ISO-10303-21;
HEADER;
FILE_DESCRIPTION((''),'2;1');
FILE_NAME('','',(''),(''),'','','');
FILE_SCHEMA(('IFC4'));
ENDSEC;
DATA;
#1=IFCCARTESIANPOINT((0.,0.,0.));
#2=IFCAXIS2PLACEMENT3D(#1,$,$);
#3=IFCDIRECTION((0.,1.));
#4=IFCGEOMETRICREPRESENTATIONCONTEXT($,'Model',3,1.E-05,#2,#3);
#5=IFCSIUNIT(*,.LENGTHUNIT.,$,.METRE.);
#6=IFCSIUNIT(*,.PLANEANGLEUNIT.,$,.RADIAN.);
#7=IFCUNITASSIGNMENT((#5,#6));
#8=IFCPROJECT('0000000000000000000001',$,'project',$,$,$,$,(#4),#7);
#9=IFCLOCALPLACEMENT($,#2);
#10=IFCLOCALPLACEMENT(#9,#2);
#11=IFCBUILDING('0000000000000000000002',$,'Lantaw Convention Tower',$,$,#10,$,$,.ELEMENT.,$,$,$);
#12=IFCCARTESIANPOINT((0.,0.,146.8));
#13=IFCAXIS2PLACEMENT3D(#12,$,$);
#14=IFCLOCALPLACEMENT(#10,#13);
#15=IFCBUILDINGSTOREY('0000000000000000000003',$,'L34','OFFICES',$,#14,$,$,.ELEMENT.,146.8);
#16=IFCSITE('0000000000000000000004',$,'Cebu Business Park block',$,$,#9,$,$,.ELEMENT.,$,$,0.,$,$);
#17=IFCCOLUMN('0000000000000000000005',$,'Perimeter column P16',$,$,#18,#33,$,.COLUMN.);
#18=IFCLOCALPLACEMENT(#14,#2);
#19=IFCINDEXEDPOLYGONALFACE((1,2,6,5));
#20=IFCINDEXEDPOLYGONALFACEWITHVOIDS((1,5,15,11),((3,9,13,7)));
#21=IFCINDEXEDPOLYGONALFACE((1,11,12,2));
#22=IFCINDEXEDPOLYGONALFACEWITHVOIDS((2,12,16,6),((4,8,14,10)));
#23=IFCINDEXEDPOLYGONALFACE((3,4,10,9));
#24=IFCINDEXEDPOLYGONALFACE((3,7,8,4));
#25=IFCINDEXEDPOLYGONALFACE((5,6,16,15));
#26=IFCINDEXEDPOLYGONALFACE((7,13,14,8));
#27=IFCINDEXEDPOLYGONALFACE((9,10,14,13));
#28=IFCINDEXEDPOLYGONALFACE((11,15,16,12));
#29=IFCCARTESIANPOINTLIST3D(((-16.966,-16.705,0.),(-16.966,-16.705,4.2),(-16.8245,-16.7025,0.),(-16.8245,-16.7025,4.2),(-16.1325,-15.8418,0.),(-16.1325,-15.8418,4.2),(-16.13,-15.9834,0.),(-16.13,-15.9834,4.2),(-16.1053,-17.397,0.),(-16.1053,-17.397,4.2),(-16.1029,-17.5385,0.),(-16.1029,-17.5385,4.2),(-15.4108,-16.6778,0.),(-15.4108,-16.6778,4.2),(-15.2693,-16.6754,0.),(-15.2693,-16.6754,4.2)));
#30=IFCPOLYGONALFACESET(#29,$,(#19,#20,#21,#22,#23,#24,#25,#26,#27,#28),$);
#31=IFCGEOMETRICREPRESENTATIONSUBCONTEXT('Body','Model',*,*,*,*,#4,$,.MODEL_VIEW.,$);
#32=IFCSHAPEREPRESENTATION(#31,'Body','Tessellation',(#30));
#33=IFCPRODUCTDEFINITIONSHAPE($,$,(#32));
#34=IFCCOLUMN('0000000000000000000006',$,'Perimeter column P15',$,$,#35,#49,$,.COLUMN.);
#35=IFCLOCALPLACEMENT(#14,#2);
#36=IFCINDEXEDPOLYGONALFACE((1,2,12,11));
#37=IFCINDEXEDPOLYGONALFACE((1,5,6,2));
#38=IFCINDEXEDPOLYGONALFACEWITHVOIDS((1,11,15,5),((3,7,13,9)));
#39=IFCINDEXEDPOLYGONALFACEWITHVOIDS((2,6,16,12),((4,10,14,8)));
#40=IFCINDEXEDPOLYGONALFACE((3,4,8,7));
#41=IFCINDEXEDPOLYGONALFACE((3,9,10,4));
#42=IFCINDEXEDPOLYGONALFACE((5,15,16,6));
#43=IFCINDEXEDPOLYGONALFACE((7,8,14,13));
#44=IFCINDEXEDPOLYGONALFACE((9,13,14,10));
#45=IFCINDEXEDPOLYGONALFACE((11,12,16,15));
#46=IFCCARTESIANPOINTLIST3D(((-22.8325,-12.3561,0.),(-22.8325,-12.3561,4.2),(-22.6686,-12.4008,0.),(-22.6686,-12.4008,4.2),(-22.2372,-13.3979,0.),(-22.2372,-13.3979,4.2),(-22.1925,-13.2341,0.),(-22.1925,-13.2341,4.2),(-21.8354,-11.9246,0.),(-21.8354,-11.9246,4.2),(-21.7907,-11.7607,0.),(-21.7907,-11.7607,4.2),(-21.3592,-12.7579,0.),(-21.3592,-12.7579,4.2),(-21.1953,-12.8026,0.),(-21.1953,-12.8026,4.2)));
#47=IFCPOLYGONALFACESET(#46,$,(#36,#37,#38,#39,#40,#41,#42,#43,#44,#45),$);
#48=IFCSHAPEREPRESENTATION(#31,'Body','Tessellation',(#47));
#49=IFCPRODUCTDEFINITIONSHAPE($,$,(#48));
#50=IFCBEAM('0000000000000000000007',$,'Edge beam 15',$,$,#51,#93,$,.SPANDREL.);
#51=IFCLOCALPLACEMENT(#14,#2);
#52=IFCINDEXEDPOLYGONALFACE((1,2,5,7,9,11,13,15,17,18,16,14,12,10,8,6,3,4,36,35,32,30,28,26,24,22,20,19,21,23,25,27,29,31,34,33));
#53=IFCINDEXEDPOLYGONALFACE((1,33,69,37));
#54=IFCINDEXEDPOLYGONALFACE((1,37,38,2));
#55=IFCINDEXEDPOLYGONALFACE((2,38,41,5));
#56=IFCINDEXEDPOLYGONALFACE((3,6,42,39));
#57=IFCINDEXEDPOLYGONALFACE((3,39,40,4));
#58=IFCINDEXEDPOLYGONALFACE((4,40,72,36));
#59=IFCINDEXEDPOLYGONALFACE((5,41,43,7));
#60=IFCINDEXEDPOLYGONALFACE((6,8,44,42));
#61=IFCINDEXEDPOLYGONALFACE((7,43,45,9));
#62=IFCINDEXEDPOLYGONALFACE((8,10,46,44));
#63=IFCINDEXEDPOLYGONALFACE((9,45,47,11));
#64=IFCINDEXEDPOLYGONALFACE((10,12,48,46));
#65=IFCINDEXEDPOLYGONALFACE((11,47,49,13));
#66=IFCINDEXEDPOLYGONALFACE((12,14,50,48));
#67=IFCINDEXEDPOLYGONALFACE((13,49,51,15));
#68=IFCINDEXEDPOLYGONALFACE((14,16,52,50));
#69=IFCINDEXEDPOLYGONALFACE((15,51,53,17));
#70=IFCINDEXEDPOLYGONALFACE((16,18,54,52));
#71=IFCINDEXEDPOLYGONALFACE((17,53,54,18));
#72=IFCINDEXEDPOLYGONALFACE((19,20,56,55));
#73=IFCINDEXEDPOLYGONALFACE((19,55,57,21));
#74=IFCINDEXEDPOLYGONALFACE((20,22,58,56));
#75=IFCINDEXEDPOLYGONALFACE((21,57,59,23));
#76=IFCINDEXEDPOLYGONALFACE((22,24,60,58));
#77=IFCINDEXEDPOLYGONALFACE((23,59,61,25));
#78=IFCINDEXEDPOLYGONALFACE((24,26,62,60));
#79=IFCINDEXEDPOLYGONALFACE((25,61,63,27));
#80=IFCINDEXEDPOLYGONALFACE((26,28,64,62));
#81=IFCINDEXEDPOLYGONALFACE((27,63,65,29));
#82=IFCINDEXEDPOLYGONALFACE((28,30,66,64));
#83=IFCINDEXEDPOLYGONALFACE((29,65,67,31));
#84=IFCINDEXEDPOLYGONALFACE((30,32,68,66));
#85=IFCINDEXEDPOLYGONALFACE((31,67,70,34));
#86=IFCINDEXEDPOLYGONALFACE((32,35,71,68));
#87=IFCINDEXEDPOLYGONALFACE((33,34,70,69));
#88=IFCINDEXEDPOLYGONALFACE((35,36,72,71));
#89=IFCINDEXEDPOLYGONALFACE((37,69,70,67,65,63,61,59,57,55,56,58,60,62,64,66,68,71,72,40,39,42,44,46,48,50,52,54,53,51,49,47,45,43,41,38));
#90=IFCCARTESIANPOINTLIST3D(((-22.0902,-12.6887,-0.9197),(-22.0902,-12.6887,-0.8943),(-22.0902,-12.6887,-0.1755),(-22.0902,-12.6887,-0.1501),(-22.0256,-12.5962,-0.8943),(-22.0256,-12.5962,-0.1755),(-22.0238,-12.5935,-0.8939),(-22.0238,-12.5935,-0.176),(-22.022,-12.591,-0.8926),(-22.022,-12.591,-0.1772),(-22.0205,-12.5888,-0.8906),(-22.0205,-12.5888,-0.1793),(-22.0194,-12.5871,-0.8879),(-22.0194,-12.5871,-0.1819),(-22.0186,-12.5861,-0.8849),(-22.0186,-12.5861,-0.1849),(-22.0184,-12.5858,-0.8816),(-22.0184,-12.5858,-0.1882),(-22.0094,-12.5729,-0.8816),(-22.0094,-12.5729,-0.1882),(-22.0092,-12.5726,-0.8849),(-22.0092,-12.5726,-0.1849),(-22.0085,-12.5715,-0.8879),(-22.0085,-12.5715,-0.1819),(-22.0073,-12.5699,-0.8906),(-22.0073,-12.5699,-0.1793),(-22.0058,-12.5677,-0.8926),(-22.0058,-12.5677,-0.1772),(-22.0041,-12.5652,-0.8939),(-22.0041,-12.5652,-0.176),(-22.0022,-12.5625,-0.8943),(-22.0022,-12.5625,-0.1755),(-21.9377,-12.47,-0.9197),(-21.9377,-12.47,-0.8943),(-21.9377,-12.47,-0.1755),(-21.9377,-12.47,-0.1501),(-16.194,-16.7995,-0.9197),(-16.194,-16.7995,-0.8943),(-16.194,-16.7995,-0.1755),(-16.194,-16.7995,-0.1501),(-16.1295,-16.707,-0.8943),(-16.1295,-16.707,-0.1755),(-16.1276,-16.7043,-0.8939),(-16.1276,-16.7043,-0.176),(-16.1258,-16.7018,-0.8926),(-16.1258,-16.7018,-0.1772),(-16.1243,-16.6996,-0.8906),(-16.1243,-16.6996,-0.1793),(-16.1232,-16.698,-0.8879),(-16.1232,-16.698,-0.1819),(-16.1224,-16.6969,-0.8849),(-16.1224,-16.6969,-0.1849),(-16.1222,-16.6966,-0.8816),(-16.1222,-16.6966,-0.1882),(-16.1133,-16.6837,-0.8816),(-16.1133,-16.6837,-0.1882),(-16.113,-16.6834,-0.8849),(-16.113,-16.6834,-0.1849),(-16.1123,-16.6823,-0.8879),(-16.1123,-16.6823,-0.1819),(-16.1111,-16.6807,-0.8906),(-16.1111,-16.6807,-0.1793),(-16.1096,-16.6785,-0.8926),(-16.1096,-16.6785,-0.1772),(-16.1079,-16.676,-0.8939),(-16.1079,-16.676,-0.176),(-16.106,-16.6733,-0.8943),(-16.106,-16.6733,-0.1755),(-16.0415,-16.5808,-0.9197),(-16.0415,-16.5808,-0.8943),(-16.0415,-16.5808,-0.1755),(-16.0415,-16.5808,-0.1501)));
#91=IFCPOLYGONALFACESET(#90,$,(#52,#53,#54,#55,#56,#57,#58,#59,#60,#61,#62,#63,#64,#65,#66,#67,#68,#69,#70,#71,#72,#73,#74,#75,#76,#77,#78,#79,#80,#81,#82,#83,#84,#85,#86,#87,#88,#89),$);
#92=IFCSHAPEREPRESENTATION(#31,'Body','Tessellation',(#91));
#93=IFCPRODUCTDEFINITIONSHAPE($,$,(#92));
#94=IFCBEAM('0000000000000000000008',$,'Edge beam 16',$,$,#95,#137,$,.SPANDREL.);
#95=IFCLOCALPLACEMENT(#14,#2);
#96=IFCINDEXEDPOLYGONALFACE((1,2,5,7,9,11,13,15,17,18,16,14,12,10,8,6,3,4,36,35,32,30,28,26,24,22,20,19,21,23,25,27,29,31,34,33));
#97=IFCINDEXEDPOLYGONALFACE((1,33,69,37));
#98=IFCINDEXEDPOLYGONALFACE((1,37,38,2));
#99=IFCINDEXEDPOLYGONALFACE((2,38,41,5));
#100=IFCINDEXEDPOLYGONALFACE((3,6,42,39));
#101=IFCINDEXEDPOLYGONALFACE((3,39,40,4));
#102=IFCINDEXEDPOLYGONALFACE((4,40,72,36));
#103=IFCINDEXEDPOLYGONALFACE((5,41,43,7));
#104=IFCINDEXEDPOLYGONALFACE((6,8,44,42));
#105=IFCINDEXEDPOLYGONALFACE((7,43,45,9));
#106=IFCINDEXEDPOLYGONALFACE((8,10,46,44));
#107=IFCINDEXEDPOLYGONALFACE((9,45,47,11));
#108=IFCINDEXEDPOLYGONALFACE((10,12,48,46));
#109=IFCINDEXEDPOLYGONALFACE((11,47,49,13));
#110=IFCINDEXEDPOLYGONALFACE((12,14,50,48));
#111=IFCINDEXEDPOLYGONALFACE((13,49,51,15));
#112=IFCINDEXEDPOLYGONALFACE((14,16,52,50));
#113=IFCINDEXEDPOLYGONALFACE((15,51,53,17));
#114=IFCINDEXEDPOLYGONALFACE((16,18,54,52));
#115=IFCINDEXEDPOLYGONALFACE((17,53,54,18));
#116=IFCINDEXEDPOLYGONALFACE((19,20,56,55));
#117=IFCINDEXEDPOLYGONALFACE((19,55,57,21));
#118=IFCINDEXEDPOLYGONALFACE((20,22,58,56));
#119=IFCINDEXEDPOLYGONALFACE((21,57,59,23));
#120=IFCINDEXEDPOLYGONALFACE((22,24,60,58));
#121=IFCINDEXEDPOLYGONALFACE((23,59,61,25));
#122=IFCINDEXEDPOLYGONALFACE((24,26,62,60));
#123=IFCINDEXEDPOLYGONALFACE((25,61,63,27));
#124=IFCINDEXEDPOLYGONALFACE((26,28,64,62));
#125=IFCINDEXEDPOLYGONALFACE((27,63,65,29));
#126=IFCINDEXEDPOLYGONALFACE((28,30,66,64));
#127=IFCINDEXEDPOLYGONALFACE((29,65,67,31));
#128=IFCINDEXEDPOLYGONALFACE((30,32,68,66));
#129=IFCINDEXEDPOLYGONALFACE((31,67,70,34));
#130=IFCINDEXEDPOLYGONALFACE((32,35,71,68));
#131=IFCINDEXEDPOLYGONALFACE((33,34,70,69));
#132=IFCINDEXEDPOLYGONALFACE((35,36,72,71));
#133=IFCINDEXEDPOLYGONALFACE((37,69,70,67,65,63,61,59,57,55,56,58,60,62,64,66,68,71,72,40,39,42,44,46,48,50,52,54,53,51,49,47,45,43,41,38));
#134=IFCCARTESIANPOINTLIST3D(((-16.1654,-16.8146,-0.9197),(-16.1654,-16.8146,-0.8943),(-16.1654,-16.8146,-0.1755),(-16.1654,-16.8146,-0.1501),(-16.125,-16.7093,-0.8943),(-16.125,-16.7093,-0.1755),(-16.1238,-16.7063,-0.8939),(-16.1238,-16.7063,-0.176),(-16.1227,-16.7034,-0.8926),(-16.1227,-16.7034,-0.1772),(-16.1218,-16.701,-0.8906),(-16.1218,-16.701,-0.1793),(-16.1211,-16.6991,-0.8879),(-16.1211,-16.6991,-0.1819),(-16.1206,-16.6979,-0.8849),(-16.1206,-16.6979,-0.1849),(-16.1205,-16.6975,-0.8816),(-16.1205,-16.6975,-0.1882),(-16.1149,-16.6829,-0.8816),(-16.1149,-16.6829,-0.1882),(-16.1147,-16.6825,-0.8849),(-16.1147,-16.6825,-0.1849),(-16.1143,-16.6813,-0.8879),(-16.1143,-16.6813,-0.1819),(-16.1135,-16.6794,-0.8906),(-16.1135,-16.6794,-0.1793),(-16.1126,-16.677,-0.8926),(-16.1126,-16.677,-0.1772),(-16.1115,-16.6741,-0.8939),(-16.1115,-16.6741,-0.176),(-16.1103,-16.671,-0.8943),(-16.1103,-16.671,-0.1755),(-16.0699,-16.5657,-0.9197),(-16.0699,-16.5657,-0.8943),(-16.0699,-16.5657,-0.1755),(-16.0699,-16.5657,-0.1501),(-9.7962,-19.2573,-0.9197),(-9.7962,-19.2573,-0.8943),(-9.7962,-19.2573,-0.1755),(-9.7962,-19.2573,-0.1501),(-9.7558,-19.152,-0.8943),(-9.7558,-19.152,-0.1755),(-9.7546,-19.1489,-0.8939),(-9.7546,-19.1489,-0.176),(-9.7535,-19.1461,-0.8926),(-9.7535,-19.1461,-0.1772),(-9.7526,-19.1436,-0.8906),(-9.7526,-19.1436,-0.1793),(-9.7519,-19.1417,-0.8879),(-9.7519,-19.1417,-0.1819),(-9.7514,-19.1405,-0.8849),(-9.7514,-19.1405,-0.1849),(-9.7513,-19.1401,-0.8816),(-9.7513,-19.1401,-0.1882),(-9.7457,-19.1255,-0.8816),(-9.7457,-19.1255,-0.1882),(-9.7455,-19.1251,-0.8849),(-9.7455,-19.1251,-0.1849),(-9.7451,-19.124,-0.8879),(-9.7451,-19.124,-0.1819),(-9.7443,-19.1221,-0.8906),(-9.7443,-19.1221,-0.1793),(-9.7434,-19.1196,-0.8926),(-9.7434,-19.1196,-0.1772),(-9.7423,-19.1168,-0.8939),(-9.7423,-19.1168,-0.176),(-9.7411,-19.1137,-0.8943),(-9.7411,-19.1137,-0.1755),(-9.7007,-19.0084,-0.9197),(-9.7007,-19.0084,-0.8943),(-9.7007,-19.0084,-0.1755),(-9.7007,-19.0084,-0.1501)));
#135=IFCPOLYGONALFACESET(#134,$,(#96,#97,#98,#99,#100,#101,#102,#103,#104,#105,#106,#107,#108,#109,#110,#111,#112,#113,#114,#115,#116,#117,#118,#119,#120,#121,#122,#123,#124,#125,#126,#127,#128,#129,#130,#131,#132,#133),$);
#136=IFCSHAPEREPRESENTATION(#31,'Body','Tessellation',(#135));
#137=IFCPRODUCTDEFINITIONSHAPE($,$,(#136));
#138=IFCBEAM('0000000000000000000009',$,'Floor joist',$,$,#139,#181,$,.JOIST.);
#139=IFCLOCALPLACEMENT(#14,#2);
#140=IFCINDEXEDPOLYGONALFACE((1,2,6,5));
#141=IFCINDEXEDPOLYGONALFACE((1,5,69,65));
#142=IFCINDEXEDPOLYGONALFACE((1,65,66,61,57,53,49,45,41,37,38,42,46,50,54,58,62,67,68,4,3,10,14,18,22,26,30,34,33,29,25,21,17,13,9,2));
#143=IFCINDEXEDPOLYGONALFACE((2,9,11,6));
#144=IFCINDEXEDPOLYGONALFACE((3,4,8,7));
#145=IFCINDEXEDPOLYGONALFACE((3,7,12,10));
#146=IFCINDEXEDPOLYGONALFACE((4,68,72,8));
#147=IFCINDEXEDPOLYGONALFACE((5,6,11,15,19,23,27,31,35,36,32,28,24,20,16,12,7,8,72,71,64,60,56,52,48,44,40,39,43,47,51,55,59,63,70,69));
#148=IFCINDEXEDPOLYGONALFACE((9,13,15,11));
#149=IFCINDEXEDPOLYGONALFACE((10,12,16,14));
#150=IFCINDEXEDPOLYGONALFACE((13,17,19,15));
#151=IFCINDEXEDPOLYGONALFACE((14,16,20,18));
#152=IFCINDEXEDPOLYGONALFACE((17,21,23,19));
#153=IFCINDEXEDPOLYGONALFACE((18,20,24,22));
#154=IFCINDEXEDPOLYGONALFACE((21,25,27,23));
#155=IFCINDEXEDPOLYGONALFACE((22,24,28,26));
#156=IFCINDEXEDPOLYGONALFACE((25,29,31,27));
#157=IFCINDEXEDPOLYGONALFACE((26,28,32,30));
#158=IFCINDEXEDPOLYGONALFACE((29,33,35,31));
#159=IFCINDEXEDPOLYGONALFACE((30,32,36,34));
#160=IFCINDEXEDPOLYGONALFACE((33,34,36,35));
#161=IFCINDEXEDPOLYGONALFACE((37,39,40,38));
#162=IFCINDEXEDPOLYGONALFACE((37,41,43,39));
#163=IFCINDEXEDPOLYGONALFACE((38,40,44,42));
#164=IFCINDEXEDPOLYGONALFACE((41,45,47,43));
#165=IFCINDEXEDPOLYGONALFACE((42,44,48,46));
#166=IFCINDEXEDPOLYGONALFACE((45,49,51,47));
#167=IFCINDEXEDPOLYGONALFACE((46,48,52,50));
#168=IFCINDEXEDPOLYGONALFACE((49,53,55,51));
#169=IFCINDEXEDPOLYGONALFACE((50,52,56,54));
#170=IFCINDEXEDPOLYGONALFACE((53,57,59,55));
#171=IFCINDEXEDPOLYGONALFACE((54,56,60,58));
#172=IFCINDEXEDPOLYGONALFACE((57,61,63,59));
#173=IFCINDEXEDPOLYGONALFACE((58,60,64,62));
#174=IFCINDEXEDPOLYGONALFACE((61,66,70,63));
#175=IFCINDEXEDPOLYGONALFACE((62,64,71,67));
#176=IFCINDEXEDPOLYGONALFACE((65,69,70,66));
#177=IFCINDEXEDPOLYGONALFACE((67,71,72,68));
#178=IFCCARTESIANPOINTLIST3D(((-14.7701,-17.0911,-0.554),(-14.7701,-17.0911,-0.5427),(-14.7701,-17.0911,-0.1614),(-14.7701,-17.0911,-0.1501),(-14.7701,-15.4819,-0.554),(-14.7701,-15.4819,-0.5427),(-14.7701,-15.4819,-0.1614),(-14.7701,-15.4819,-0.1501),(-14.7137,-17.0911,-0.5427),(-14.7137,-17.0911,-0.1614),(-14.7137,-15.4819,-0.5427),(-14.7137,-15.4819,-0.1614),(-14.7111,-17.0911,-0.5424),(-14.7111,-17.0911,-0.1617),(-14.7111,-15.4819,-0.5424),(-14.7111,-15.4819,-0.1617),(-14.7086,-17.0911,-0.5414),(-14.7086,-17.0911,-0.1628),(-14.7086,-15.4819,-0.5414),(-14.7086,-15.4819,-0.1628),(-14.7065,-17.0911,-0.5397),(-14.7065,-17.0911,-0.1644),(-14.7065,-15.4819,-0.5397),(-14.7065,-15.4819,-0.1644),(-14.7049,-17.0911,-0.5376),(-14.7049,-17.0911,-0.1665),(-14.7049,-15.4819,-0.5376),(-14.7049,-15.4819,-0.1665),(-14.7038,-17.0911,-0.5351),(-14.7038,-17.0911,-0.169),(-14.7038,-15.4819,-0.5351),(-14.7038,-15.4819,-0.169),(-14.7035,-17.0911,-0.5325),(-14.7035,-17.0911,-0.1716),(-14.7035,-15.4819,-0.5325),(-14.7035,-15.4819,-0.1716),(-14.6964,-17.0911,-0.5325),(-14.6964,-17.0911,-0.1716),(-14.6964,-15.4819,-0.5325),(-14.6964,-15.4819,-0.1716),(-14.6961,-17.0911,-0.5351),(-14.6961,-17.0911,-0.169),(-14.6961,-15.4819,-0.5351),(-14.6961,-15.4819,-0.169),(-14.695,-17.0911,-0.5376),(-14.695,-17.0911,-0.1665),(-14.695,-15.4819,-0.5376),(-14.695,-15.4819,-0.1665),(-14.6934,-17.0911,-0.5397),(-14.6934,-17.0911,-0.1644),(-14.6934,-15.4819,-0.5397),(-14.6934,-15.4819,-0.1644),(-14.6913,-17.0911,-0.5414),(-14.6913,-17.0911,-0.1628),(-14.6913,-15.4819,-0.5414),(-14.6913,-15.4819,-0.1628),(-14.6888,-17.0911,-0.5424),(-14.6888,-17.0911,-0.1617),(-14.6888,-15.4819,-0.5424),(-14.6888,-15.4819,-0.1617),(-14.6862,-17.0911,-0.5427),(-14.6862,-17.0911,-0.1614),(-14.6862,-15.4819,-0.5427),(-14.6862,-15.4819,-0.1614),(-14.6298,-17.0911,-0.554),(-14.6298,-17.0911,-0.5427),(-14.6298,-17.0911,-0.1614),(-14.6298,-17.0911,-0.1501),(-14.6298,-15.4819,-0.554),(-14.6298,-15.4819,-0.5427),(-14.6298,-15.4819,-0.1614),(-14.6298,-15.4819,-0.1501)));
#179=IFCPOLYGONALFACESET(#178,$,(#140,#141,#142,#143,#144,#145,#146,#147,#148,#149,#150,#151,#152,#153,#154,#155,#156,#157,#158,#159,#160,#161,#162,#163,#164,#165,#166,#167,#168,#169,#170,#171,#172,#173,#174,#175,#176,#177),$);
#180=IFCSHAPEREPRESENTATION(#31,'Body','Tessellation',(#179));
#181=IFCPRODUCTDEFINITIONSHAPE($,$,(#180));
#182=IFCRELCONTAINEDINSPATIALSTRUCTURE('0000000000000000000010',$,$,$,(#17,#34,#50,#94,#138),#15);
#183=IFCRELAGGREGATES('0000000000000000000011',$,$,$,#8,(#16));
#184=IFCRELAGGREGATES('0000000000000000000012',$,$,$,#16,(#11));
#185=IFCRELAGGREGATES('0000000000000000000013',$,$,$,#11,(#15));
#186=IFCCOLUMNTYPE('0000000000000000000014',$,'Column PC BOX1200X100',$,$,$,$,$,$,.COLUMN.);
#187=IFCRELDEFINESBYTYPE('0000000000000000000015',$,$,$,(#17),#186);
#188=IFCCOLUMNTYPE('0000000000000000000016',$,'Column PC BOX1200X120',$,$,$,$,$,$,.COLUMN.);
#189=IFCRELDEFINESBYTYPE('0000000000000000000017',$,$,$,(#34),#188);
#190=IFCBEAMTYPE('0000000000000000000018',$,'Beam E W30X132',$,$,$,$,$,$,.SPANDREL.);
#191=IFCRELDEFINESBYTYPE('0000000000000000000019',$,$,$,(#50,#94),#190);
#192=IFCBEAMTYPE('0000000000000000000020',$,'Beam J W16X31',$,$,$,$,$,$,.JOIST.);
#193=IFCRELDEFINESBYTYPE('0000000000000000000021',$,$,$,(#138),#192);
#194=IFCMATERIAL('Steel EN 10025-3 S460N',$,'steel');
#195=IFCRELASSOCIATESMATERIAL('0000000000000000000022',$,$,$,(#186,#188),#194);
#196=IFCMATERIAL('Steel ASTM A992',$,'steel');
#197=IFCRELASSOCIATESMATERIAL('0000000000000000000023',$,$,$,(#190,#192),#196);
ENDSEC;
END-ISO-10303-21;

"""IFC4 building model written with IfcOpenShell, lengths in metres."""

from ifc_helpers import new_model, si_unit, direction, frame, origin, origin_2d, place, context, subcontext, project, spatial, rectangle, hollow_rectangle, i_section, extrude, material, material_profile, profile_set, type_object, element, save


model = new_model("IFC4")

# Units and contexts
model_context = context("Model", 3, precision=1e-05, world=origin(), true_north=direction((0.0, 1.0)))
body_context = subcontext(model_context, "Body", "Model", "MODEL_VIEW")
ifc_project = project(units=[si_unit("LENGTHUNIT", "METRE"), si_unit("PLANEANGLEUNIT", "RADIAN")], contexts=[model_context])

# Site, building, storey
site_placement = place(None, origin())
site = spatial("IfcSite", under=ifc_project, at=site_placement, Name="Cebu Business Park block", CompositionType="ELEMENT", RefElevation=0.0)
building_placement = place(site_placement, origin())
building = spatial("IfcBuilding", under=site, at=building_placement, Name="Lantaw Convention Tower", CompositionType="ELEMENT")
storey_placement = place(building_placement, frame((0.0, 0.0, 146.8)))
storey = spatial("IfcBuildingStorey", under=building, at=storey_placement, Name="L34", Description="OFFICES", CompositionType="ELEMENT", Elevation=146.8)

# Columns
ifc_material_1 = material(Name="Steel EN 10025-3 S460N", Category="steel")
ifc_material_profile_1 = material_profile(ifc_material_1, hollow_rectangle(XDim=1.2, YDim=1.2, WallThickness=0.1001, at=origin_2d()), Name="BOX1200X100")
ifc_material_2 = material(Name="Concrete C60/75", Category="concrete")
ifc_material_profile_2 = material_profile(ifc_material_2, rectangle(XDim=1.0, YDim=1.0, at=origin_2d()), Name="Concrete fill of BOX1200X100")
ifc_profile_set_1 = profile_set([ifc_material_profile_1, ifc_material_profile_2], Name="Steel EN 10025-3 S460N")
column_type_1 = type_object("IfcColumnType", Name="Column PC BOX1200X100", PredefinedType="COLUMN", material=ifc_profile_set_1)
column_1_placement = place(storey_placement, frame((-16.1177, -16.6902, 0.0), z_axis=(0.0, 0.0, 1.0), x_axis=(0.694658, 0.71934, 0.0)))
element("IfcColumn", 1, at=column_1_placement, inside=storey, type_object=column_type_1, Name="Perimeter column P16", PredefinedType="COLUMN", context=body_context, shape_type="SweptSolid", body=[
    extrude(hollow_rectangle(XDim=1.2, YDim=1.2, WallThickness=0.1001, at=origin_2d()), origin(), (0.0, 0.0, 1.0), 4.2),
])
ifc_material_profile_3 = material_profile(ifc_material_1, hollow_rectangle(XDim=1.2, YDim=1.2, WallThickness=0.1201, at=origin_2d()), Name="BOX1200X120")
ifc_material_profile_4 = material_profile(ifc_material_2, rectangle(XDim=0.96, YDim=0.96, at=origin_2d()), Name="Concrete fill of BOX1200X120")
ifc_profile_set_2 = profile_set([ifc_material_profile_3, ifc_material_profile_4], Name="Steel EN 10025-3 S460N")
column_type_2 = type_object("IfcColumnType", Name="Column PC BOX1200X120", PredefinedType="COLUMN", material=ifc_profile_set_2)
column_2_placement = place(storey_placement, frame((-22.0139, -12.5793, 0.0), z_axis=(0.0, 0.0, 1.0), x_axis=(0.868243, 0.496139, 0.0)))
element("IfcColumn", 2, at=column_2_placement, inside=storey, type_object=column_type_2, Name="Perimeter column P15", PredefinedType="COLUMN", context=body_context, shape_type="SweptSolid", body=[
    extrude(hollow_rectangle(XDim=1.2, YDim=1.2, WallThickness=0.1201, at=origin_2d()), origin(), (0.0, 0.0, 1.0), 4.2),
])

# Beams
ifc_material_3 = material(Name="Steel ASTM A992", Category="steel")
ifc_material_profile_5 = material_profile(ifc_material_3, i_section(OverallWidth=0.2666, OverallDepth=0.7695, WebThickness=0.0156, FlangeThickness=0.0254, FilletRadius=0.0127, at=origin_2d()), Name="W30X132")
ifc_profile_set_3 = profile_set([ifc_material_profile_5], Name="Steel ASTM A992")
beam_type_1 = type_object("IfcBeamType", Name="Beam E W30X132", PredefinedType="SPANDREL", material=ifc_profile_set_3)
beam_1_placement = place(storey_placement, frame((-22.0139, -12.5793, -0.5349), z_axis=(0.820311, -0.571918, 0.0), x_axis=(0.571918, 0.820311, 0.0)))
element("IfcBeam", 3, at=beam_1_placement, inside=storey, type_object=beam_type_1, Name="Edge beam 15", PredefinedType="SPANDREL", context=body_context, shape_type="SweptSolid", body=[
    extrude(i_section(OverallWidth=0.2666, OverallDepth=0.7695, WebThickness=0.0156, FlangeThickness=0.0254, FilletRadius=0.0127, at=origin_2d()), origin(), (0.0, 0.0, 1.0), 7.1877),
])
beam_2_placement = place(storey_placement, frame((-16.1177, -16.6902, -0.5349), z_axis=(0.933691, -0.35808, 0.0), x_axis=(0.35808, 0.933691, 0.0)))
element("IfcBeam", 4, at=beam_2_placement, inside=storey, type_object=beam_type_1, Name="Edge beam 16", PredefinedType="SPANDREL", context=body_context, shape_type="SweptSolid", body=[
    extrude(i_section(OverallWidth=0.2666, OverallDepth=0.7695, WebThickness=0.0156, FlangeThickness=0.0254, FilletRadius=0.0127, at=origin_2d()), origin(), (0.0, 0.0, 1.0), 6.8215),
])
ifc_material_profile_6 = material_profile(ifc_material_3, i_section(OverallWidth=0.1404, OverallDepth=0.4038, WebThickness=0.0071, FlangeThickness=0.0112, FilletRadius=0.0103, at=origin_2d()), Name="W16X31")
ifc_profile_set_4 = profile_set([ifc_material_profile_6], Name="Steel ASTM A992")
beam_type_2 = type_object("IfcBeamType", Name="Beam J W16X31", PredefinedType="JOIST", material=ifc_profile_set_4)
beam_3_placement = place(storey_placement, frame((-14.7, -17.0911, -0.3521), z_axis=(0.0, 1.0, 0.0), x_axis=(-1.0, 0.0, 0.0)))
element("IfcBeam", 5, at=beam_3_placement, inside=storey, type_object=beam_type_2, Name="Floor joist", PredefinedType="JOIST", context=body_context, shape_type="SweptSolid", body=[
    extrude(i_section(OverallWidth=0.1404, OverallDepth=0.4038, WebThickness=0.0071, FlangeThickness=0.0112, FilletRadius=0.0103, at=origin_2d()), origin(), (0.0, 0.0, 1.0), 1.6091),
])

save(model, "model.ifc")
